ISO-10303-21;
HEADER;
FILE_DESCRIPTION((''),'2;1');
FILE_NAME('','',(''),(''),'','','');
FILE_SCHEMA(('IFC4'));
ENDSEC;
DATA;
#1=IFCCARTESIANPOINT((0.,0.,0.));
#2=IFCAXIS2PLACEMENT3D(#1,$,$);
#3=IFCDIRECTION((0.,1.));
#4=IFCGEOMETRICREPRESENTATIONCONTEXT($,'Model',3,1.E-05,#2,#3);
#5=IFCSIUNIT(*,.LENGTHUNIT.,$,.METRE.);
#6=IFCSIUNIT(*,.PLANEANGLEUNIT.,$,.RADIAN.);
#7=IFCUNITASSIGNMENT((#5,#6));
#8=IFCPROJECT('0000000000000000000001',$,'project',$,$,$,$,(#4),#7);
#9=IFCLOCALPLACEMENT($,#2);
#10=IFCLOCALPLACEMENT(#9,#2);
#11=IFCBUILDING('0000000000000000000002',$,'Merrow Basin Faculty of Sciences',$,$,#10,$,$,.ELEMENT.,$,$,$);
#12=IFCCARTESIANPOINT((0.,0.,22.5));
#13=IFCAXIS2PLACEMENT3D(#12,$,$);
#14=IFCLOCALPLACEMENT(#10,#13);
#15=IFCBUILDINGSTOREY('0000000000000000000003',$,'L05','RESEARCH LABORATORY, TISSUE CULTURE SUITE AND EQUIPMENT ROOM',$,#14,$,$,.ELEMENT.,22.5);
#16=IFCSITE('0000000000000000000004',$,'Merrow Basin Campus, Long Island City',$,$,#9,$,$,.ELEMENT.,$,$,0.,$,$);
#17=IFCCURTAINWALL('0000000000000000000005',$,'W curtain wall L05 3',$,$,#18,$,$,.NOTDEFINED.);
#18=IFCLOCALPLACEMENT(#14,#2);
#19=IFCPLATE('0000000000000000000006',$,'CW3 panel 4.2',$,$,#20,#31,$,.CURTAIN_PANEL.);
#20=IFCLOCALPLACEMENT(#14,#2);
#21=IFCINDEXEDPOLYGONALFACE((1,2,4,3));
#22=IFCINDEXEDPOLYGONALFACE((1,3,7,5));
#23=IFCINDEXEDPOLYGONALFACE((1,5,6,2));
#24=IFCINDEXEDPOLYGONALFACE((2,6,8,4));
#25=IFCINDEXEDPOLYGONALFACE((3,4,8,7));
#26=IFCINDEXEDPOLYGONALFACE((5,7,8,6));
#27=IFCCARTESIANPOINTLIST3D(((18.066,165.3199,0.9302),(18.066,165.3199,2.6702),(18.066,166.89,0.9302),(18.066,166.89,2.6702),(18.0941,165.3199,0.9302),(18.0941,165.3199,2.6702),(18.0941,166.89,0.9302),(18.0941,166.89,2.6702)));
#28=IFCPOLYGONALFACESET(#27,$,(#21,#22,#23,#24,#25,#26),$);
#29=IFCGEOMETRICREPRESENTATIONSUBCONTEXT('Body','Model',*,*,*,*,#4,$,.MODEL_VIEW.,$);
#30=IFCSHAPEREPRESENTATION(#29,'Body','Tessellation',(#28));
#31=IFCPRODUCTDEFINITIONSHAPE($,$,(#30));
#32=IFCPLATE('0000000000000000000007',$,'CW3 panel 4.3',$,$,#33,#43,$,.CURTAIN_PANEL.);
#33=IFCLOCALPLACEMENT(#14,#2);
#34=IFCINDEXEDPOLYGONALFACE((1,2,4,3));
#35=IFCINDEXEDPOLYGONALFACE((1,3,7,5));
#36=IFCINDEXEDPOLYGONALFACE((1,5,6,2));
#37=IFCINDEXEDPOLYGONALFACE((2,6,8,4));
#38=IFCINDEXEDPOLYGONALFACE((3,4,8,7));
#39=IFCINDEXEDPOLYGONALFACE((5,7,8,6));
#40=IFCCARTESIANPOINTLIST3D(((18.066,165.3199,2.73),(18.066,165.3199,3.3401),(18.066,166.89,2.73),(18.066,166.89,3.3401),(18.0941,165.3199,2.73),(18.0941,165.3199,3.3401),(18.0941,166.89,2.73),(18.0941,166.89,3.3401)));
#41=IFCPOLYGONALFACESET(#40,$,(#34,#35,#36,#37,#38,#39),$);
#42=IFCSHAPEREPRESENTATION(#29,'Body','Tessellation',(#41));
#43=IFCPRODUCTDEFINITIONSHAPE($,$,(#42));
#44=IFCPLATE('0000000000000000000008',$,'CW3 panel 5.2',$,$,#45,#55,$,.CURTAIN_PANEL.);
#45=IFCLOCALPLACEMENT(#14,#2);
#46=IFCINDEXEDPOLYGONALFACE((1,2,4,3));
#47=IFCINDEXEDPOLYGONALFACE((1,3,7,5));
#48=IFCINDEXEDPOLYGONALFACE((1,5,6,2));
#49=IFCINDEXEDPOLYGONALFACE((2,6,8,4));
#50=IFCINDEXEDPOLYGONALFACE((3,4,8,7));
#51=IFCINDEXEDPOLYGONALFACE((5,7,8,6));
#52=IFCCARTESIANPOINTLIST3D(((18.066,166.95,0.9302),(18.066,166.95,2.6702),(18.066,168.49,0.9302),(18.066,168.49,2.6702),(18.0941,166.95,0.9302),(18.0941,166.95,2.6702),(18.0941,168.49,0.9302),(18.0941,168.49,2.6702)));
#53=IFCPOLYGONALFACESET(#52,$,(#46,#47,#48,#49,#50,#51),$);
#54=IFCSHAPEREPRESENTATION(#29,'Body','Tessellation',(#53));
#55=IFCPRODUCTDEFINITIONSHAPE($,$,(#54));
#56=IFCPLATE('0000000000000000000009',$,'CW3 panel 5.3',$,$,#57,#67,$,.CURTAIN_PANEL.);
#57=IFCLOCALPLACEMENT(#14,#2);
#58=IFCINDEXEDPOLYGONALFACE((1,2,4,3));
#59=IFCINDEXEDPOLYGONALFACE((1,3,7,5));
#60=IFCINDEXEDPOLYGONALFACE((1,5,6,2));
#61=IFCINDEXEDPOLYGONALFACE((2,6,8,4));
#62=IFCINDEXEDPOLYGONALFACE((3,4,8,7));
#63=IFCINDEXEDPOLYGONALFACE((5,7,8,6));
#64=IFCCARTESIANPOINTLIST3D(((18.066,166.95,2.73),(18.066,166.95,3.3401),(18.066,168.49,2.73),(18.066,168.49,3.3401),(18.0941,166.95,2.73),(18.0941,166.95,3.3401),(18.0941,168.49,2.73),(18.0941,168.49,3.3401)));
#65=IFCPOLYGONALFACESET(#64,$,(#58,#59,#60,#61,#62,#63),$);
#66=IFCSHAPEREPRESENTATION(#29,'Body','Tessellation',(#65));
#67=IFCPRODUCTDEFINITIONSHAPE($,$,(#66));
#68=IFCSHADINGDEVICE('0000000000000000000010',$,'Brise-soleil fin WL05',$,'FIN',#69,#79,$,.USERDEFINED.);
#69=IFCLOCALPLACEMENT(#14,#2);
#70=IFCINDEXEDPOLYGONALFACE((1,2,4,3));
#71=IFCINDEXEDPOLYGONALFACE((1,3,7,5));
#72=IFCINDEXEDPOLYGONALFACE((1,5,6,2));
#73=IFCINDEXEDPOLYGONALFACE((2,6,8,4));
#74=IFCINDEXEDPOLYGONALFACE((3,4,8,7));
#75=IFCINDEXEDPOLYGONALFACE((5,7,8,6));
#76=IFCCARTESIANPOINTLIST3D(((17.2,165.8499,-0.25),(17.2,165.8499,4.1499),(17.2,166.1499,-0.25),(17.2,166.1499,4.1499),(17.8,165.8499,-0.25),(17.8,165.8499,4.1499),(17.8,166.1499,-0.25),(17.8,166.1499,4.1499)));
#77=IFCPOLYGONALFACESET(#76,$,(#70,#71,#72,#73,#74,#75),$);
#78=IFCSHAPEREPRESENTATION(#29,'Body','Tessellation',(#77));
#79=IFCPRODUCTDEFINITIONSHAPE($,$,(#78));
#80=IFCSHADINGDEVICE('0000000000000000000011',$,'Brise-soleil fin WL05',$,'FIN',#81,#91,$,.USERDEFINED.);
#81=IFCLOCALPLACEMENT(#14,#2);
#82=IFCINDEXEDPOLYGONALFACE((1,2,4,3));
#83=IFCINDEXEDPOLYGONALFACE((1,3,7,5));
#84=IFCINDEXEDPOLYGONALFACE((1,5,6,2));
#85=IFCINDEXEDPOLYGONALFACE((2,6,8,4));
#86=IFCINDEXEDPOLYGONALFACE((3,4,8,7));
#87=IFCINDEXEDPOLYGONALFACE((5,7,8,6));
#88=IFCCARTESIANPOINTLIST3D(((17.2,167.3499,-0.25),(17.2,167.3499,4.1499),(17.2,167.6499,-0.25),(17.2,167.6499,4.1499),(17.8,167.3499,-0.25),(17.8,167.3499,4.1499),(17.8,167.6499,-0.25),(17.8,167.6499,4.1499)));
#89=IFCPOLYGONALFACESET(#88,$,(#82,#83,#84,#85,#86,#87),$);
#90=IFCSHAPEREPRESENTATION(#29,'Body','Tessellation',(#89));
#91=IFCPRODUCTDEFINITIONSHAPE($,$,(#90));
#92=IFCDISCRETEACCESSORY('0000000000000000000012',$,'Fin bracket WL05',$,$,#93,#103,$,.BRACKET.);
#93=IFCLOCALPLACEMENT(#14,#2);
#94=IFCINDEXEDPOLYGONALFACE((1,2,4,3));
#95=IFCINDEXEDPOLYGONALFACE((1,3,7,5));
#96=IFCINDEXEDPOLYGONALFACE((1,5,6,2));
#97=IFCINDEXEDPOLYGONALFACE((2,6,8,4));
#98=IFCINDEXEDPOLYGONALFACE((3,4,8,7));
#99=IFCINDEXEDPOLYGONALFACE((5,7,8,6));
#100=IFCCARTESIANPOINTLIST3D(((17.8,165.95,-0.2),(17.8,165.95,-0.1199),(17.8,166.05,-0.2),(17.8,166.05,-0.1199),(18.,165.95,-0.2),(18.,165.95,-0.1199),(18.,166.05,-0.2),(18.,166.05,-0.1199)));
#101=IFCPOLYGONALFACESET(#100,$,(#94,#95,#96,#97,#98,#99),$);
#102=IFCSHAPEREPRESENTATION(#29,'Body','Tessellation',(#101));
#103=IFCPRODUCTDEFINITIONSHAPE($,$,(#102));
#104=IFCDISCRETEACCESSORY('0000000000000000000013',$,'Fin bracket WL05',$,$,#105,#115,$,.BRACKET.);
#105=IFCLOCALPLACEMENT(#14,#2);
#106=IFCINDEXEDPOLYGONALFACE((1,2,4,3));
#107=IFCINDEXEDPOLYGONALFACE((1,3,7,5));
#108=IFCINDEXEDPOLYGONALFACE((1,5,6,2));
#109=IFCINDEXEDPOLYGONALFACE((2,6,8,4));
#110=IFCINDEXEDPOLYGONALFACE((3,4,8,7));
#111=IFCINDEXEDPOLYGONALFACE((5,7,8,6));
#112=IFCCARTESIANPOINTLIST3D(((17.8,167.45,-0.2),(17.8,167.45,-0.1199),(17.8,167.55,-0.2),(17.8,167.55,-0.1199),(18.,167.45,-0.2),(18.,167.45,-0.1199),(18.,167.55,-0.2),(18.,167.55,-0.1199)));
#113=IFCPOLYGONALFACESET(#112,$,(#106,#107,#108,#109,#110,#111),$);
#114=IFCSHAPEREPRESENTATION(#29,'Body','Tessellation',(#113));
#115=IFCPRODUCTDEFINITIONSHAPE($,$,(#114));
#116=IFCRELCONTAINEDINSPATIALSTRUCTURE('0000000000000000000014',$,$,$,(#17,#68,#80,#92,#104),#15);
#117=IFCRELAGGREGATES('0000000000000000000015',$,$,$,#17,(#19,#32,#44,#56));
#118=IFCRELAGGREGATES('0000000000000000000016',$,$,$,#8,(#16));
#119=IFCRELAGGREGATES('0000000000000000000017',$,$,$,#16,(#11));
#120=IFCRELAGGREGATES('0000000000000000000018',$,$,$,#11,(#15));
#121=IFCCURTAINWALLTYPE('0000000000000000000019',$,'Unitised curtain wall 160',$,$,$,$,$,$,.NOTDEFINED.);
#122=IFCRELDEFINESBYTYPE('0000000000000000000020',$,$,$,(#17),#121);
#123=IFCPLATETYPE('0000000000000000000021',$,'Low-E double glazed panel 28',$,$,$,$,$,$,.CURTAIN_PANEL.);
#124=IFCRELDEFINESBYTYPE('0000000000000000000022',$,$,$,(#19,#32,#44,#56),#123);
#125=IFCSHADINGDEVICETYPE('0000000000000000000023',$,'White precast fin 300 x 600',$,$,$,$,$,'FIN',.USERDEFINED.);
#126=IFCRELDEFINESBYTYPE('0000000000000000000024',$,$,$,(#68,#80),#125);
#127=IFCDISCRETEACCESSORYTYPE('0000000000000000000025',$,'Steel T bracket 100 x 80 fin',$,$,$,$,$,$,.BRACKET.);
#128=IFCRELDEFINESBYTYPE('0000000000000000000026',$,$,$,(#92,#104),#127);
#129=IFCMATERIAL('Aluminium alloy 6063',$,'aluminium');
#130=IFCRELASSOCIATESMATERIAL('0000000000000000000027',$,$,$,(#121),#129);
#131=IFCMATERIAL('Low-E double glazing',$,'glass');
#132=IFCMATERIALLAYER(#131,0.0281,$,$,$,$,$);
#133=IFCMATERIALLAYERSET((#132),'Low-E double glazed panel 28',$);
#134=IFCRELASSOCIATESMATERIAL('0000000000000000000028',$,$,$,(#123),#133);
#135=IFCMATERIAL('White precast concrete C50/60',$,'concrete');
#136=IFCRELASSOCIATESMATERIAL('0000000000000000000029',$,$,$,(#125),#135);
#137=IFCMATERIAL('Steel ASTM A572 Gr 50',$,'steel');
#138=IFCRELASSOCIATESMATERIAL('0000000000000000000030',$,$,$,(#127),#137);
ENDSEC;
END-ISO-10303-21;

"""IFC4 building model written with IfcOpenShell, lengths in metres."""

from ifc_helpers import new_model, si_unit, direction, frame, origin, origin_2d, place, context, subcontext, project, spatial, polyline, rectangle, outline, extrude, source, transform, mapped, material, layer, layer_set, type_object, element, aggregate, save


model = new_model("IFC4")

# Units and contexts
model_context = context("Model", 3, precision=1e-05, world=origin(), true_north=direction((0.0, 1.0)))
body_context = subcontext(model_context, "Body", "Model", "MODEL_VIEW")
ifc_project = project(units=[si_unit("LENGTHUNIT", "METRE"), si_unit("PLANEANGLEUNIT", "RADIAN")], contexts=[model_context])

# Site, building, storey
site_placement = place(None, origin())
site = spatial("IfcSite", under=ifc_project, at=site_placement, Name="Merrow Basin Campus, Long Island City", CompositionType="ELEMENT", RefElevation=0.0)
building_placement = place(site_placement, origin())
building = spatial("IfcBuilding", under=site, at=building_placement, Name="Merrow Basin Faculty of Sciences", CompositionType="ELEMENT")
storey_placement = place(building_placement, frame((0.0, 0.0, 22.5)))
storey = spatial("IfcBuildingStorey", under=building, at=storey_placement, Name="L05", Description="RESEARCH LABORATORY, TISSUE CULTURE SUITE AND EQUIPMENT ROOM", CompositionType="ELEMENT", Elevation=22.5)

# Curtain wall
ifc_material_1 = material(Name="Aluminium alloy 6063", Category="aluminium")
curtain_wall_type = type_object("IfcCurtainWallType", Name="Unitised curtain wall 160", PredefinedType="NOTDEFINED", material=ifc_material_1)
curtain_wall_placement = place(storey_placement, origin())
curtain_wall = element("IfcCurtainWall", 1, at=curtain_wall_placement, inside=storey, type_object=curtain_wall_type, Name="W curtain wall L05 3", PredefinedType="NOTDEFINED")

# Plates
ifc_material_2 = material(Name="Low-E double glazing", Category="glass")
ifc_layer_1 = layer(ifc_material_2, 0.0281)
ifc_layer_set_1 = layer_set([ifc_layer_1], Name="Low-E double glazed panel 28")
plate_type_1 = type_object("IfcPlateType", Name="Low-E double glazed panel 28", PredefinedType="CURTAIN_PANEL", material=ifc_layer_set_1)
plate_1_placement = place(storey_placement, frame((18.0801, 166.105, 0.9302), z_axis=(0.0, 0.0, 1.0), x_axis=(0.0, 1.0, 0.0)))
plate_1 = element("IfcPlate", 2, at=plate_1_placement, type_object=plate_type_1, Name="CW3 panel 4.2", PredefinedType="CURTAIN_PANEL", context=body_context, shape_type="SweptSolid", body=[
    extrude(rectangle(XDim=1.5701, YDim=0.0281, at=origin_2d()), origin(), (0.0, 0.0, 1.0), 1.74),
])
plate_2_placement = place(storey_placement, frame((18.0801, 166.105, 2.73), z_axis=(0.0, 0.0, 1.0), x_axis=(0.0, 1.0, 0.0)))
plate_2 = element("IfcPlate", 3, at=plate_2_placement, type_object=plate_type_1, Name="CW3 panel 4.3", PredefinedType="CURTAIN_PANEL", context=body_context, shape_type="SweptSolid", body=[
    extrude(rectangle(XDim=1.5701, YDim=0.0281, at=origin_2d()), origin(), (0.0, 0.0, 1.0), 0.6101),
])
plate_3_placement = place(storey_placement, frame((18.0801, 167.72, 0.9302), z_axis=(0.0, 0.0, 1.0), x_axis=(0.0, 1.0, 0.0)))
plate_3 = element("IfcPlate", 4, at=plate_3_placement, type_object=plate_type_1, Name="CW3 panel 5.2", PredefinedType="CURTAIN_PANEL", context=body_context, shape_type="SweptSolid", body=[
    extrude(rectangle(XDim=1.54, YDim=0.0281, at=origin_2d()), origin(), (0.0, 0.0, 1.0), 1.74),
])
plate_4_placement = place(storey_placement, frame((18.0801, 167.72, 2.73), z_axis=(0.0, 0.0, 1.0), x_axis=(0.0, 1.0, 0.0)))
plate_4 = element("IfcPlate", 5, at=plate_4_placement, type_object=plate_type_1, Name="CW3 panel 5.3", PredefinedType="CURTAIN_PANEL", context=body_context, shape_type="SweptSolid", body=[
    extrude(rectangle(XDim=1.54, YDim=0.0281, at=origin_2d()), origin(), (0.0, 0.0, 1.0), 0.6101),
])
aggregate(curtain_wall, [plate_1, plate_2, plate_3, plate_4])

# Shading devices
ifc_material_3 = material(Name="White precast concrete C50/60", Category="concrete")
shading_device_type = type_object("IfcShadingDeviceType", Name="White precast fin 300 x 600", ElementType="FIN", PredefinedType="USERDEFINED", material=ifc_material_3)
shared_shape_1 = source(origin(), body_context, "Body", "SweptSolid", [
    extrude(outline(polyline([(0.0, 0.0), (0.3, 0.0), (0.3, 4.3999), (0.0, 4.3999), (0.0, 0.0)])), origin(), (0.0, 0.0, 1.0), 0.6001),
])
for number, where, z_axis, x_axis, name in (
    (6, (17.8, 166.1499, -0.25), (-1.0, 0.0, 0.0), (0.0, -1.0, 0.0), "Brise-soleil fin WL05"),
    (7, (17.8, 167.6499, -0.25), (-1.0, 0.0, 0.0), (0.0, -1.0, 0.0), "Brise-soleil fin WL05"),
):
    element("IfcShadingDevice", number, at=place(storey_placement, frame(where, z_axis=z_axis, x_axis=x_axis)), inside=storey, type_object=shading_device_type, Name=name, ObjectType="FIN", PredefinedType="USERDEFINED", context=body_context, shape_type="MappedRepresentation", body=[
        mapped(shared_shape_1, transform((0.0, 0.0, 0.0), scale=1.0)),
    ])

# Discrete accessories
ifc_material_4 = material(Name="Steel ASTM A572 Gr 50", Category="steel")
discrete_accessory_type = type_object("IfcDiscreteAccessoryType", Name="Steel T bracket 100 x 80 fin", PredefinedType="BRACKET", material=ifc_material_4)
shared_shape_2 = source(origin(), body_context, "Body", "SweptSolid", [
    extrude(outline(polyline([(0.0, 0.0), (0.1001, 0.0), (0.1001, 0.0801), (0.0, 0.0801), (0.0, 0.0)])), origin(), (0.0, 0.0, 1.0), 0.2),
])
for number, where, z_axis, x_axis, name in (
    (8, (18.0, 166.05, -0.2), (-1.0, 0.0, 0.0), (0.0, -1.0, 0.0), "Fin bracket WL05"),
    (9, (18.0, 167.55, -0.2), (-1.0, 0.0, 0.0), (0.0, -1.0, 0.0), "Fin bracket WL05"),
):
    element("IfcDiscreteAccessory", number, at=place(storey_placement, frame(where, z_axis=z_axis, x_axis=x_axis)), inside=storey, type_object=discrete_accessory_type, Name=name, PredefinedType="BRACKET", context=body_context, shape_type="MappedRepresentation", body=[
        mapped(shared_shape_2, transform((0.0, 0.0, 0.0), scale=1.0)),
    ])

save(model, "model.ifc")
